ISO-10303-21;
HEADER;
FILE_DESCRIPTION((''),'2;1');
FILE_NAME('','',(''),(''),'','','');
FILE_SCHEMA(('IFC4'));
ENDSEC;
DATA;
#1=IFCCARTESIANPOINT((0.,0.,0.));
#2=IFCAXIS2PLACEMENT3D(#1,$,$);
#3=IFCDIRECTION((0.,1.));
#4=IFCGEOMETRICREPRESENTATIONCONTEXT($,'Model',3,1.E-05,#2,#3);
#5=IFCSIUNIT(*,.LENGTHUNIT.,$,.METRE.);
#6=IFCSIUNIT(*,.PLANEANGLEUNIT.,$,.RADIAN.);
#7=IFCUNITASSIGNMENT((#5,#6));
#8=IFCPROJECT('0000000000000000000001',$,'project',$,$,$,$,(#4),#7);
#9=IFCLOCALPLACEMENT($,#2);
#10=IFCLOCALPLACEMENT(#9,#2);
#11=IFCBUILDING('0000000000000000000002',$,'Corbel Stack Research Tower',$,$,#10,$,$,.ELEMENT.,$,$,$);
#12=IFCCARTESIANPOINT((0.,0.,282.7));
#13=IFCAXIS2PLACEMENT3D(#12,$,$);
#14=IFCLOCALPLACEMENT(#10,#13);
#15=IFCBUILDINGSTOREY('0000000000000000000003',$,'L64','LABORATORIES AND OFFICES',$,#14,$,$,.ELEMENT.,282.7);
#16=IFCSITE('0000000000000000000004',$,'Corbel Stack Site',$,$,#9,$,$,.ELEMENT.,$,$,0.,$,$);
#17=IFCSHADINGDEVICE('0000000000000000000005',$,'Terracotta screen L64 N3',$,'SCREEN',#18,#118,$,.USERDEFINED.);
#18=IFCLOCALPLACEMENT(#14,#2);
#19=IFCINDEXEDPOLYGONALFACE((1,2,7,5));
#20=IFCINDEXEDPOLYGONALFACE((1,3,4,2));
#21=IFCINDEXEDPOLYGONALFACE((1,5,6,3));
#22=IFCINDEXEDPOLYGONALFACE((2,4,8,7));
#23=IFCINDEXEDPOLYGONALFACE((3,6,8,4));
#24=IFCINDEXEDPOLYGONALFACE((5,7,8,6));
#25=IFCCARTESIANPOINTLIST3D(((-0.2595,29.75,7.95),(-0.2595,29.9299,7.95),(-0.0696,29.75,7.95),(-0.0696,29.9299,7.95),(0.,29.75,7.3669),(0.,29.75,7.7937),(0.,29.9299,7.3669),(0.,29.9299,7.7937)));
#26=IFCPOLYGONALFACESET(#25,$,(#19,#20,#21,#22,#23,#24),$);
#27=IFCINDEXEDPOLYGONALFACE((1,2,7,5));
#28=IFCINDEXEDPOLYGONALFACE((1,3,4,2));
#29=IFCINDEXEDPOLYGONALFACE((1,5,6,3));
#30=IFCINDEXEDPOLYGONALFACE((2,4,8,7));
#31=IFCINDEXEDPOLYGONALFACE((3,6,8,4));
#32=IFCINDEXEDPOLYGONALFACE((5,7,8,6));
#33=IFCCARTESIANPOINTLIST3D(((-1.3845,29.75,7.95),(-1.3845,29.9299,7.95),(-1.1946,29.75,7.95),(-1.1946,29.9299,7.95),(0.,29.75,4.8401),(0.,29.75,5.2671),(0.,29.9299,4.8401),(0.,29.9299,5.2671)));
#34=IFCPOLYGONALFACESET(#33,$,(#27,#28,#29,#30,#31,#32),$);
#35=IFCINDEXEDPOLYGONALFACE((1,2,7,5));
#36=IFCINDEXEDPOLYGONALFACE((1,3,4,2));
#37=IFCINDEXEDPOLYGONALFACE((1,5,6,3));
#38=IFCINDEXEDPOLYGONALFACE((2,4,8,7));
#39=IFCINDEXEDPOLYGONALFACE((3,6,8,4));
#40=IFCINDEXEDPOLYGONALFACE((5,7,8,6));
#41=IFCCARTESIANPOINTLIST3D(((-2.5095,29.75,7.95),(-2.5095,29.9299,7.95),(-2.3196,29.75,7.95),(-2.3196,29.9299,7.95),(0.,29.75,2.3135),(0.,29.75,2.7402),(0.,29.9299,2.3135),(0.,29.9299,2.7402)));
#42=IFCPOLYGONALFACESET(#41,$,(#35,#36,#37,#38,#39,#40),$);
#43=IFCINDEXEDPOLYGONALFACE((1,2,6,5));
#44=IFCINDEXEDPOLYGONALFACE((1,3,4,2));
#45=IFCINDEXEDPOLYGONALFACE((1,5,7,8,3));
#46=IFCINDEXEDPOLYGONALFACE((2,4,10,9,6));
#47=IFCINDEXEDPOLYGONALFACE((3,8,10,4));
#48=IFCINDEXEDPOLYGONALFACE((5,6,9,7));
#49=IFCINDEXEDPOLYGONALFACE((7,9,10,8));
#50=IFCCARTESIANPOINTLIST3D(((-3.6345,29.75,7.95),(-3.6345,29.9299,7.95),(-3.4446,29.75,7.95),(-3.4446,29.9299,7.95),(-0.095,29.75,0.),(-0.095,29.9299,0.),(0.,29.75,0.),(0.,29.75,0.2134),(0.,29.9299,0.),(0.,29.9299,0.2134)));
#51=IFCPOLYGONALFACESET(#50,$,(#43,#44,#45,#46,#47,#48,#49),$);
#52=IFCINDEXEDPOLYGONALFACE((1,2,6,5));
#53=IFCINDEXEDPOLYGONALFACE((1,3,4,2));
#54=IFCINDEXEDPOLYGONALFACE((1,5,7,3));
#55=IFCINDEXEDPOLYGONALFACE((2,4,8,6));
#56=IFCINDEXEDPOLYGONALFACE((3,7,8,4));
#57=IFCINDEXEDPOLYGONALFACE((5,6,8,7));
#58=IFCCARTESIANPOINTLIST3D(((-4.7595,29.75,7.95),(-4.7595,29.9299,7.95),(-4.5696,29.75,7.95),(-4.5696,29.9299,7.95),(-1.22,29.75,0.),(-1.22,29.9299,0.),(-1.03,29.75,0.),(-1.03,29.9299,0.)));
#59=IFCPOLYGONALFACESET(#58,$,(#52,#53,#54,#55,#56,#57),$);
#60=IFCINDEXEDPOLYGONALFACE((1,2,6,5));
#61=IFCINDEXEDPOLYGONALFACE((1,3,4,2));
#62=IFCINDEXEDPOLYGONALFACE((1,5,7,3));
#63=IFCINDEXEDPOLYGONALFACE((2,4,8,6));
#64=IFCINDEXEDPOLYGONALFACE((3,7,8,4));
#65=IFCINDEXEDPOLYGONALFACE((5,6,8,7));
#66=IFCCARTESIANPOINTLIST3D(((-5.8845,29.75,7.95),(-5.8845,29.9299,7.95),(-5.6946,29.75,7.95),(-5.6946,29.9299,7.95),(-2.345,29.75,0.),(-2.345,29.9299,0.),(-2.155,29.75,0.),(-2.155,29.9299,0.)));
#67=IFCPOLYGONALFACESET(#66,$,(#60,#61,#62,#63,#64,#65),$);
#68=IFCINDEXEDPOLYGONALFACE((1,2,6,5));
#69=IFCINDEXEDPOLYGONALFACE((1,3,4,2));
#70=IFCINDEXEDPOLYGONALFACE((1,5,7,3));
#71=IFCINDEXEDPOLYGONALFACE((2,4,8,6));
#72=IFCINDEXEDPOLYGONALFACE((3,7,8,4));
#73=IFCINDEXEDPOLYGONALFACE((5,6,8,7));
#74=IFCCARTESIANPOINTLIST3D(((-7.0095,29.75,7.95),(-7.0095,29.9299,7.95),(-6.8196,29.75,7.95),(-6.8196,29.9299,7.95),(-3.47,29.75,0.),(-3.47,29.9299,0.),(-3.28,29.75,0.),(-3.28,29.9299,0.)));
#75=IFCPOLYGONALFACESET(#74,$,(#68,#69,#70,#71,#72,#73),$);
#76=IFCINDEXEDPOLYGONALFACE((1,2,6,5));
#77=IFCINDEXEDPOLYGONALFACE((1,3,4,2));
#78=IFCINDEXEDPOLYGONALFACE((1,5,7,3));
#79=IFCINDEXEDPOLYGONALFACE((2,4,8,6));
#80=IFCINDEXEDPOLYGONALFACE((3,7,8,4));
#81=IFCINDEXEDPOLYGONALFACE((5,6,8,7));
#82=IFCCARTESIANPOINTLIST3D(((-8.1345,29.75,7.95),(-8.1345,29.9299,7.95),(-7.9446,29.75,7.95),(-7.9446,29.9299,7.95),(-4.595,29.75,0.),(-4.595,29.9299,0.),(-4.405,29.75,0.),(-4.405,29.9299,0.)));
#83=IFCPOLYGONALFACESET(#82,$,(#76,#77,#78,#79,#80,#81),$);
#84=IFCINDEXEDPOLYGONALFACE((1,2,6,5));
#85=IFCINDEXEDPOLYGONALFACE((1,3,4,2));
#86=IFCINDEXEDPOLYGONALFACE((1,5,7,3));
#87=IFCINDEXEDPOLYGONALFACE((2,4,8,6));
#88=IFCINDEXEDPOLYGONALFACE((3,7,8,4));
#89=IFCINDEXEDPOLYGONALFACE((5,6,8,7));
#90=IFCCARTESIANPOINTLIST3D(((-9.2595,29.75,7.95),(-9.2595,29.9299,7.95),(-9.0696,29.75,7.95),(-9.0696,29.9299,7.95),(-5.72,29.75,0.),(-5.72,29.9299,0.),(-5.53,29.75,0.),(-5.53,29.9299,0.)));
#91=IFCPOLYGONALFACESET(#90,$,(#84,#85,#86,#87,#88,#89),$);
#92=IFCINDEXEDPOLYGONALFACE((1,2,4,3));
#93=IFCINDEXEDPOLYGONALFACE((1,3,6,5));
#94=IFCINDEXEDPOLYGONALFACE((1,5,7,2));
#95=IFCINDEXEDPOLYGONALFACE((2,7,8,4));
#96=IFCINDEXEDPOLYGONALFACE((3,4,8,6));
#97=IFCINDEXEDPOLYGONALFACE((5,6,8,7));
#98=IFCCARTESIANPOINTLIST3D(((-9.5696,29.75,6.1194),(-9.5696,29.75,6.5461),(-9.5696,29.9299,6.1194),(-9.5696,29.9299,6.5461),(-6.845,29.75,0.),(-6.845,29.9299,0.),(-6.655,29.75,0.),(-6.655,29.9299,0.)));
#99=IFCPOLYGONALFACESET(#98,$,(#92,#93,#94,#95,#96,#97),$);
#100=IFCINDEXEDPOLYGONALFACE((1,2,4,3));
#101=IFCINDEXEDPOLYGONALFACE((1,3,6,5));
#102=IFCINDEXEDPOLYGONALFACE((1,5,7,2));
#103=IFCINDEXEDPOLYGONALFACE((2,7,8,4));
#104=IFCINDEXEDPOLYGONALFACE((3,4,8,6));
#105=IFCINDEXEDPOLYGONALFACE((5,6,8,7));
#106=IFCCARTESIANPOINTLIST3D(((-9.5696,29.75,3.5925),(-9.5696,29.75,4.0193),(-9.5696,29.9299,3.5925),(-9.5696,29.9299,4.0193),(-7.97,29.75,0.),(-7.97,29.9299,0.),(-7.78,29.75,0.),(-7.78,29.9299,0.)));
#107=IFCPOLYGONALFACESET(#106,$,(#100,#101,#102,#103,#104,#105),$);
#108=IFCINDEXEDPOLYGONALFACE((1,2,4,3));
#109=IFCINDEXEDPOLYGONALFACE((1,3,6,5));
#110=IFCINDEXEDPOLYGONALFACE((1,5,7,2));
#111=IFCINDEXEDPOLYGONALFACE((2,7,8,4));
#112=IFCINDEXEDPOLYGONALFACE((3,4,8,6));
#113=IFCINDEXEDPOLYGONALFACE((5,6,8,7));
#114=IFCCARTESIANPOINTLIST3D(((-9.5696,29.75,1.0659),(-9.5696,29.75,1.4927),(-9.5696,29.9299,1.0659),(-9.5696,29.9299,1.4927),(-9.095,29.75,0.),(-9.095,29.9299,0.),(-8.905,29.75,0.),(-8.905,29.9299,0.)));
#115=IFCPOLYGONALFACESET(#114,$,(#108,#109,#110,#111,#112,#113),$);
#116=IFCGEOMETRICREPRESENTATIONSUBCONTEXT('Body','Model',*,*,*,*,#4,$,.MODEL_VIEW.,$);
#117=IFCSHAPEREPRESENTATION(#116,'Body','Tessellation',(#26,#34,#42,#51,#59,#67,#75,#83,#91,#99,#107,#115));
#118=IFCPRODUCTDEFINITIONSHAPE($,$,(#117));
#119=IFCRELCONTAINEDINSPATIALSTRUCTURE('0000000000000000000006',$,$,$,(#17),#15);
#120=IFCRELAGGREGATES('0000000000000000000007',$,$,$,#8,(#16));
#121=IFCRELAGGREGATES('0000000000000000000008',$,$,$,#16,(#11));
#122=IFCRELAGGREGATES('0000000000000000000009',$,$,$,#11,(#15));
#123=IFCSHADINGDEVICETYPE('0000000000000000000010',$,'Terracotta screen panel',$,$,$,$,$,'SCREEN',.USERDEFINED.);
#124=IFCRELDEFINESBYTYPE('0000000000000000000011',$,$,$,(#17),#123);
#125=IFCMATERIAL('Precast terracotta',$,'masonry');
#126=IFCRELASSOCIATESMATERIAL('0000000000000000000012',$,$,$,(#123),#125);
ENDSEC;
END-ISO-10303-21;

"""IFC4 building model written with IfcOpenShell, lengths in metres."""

from ifc_helpers import new_model, si_unit, direction, frame, origin, place, context, subcontext, project, spatial, polyline, outline, extrude, source, transform, mapped, material, type_object, element, save


model = new_model("IFC4")

# Units and contexts
model_context = context("Model", 3, precision=1e-05, world=origin(), true_north=direction((0.0, 1.0)))
body_context = subcontext(model_context, "Body", "Model", "MODEL_VIEW")
ifc_project = project(units=[si_unit("LENGTHUNIT", "METRE"), si_unit("PLANEANGLEUNIT", "RADIAN")], contexts=[model_context])

# Site, building, storey
site_placement = place(None, origin())
site = spatial("IfcSite", under=ifc_project, at=site_placement, Name="Corbel Stack Site", CompositionType="ELEMENT", RefElevation=0.0)
building_placement = place(site_placement, origin())
building = spatial("IfcBuilding", under=site, at=building_placement, Name="Corbel Stack Research Tower", CompositionType="ELEMENT")
storey_placement = place(building_placement, frame((0.0, 0.0, 282.7)))
storey = spatial("IfcBuildingStorey", under=building, at=storey_placement, Name="L64", Description="LABORATORIES AND OFFICES", CompositionType="ELEMENT", Elevation=282.7)

# Shading device
ifc_material_1 = material(Name="Precast terracotta", Category="masonry")
shading_device_type = type_object("IfcShadingDeviceType", Name="Terracotta screen panel", ElementType="SCREEN", PredefinedType="USERDEFINED", material=ifc_material_1)
shared_shape_1 = source(origin(), body_context, "Body", "SweptSolid", [
    extrude(outline(polyline([(0.2595, 7.95), (0.0696, 7.95), (0.0, 7.7937), (0.0, 7.3669), (0.2595, 7.95)])), frame((0.0, 0.0, 0.0), z_axis=(0.0, -1.0, 0.0), x_axis=(1.0, 0.0, 0.0)), (0.0, 0.0, 1.0), 0.1799),
    extrude(outline(polyline([(1.3845, 7.95), (1.1946, 7.95), (0.0, 5.2671), (0.0, 4.8401), (1.3845, 7.95)])), frame((0.0, 0.0, 0.0), z_axis=(0.0, -1.0, 0.0), x_axis=(1.0, 0.0, 0.0)), (0.0, 0.0, 1.0), 0.1799),
    extrude(outline(polyline([(2.5095, 7.95), (2.3196, 7.95), (0.0, 2.7402), (0.0, 2.3135), (2.5095, 7.95)])), frame((0.0, 0.0, 0.0), z_axis=(0.0, -1.0, 0.0), x_axis=(1.0, 0.0, 0.0)), (0.0, 0.0, 1.0), 0.1799),
    extrude(outline(polyline([(0.095, 0.0), (3.6345, 7.95), (3.4446, 7.95), (0.0, 0.2134), (0.0, 0.0), (0.095, 0.0)])), frame((0.0, 0.0, 0.0), z_axis=(0.0, -1.0, 0.0), x_axis=(1.0, 0.0, 0.0)), (0.0, 0.0, 1.0), 0.1799),
    extrude(outline(polyline([(1.22, 0.0), (4.7595, 7.95), (4.5696, 7.95), (1.03, 0.0), (1.22, 0.0)])), frame((0.0, 0.0, 0.0), z_axis=(0.0, -1.0, 0.0), x_axis=(1.0, 0.0, 0.0)), (0.0, 0.0, 1.0), 0.1799),
    extrude(outline(polyline([(2.345, 0.0), (5.8845, 7.95), (5.6946, 7.95), (2.155, 0.0), (2.345, 0.0)])), frame((0.0, 0.0, 0.0), z_axis=(0.0, -1.0, 0.0), x_axis=(1.0, 0.0, 0.0)), (0.0, 0.0, 1.0), 0.1799),
    extrude(outline(polyline([(3.47, 0.0), (7.0095, 7.95), (6.8196, 7.95), (3.28, 0.0), (3.47, 0.0)])), frame((0.0, 0.0, 0.0), z_axis=(0.0, -1.0, 0.0), x_axis=(1.0, 0.0, 0.0)), (0.0, 0.0, 1.0), 0.1799),
    extrude(outline(polyline([(4.595, 0.0), (8.1345, 7.95), (7.9446, 7.95), (4.405, 0.0), (4.595, 0.0)])), frame((0.0, 0.0, 0.0), z_axis=(0.0, -1.0, 0.0), x_axis=(1.0, 0.0, 0.0)), (0.0, 0.0, 1.0), 0.1799),
    extrude(outline(polyline([(5.72, 0.0), (9.2595, 7.95), (9.0696, 7.95), (5.53, 0.0), (5.72, 0.0)])), frame((0.0, 0.0, 0.0), z_axis=(0.0, -1.0, 0.0), x_axis=(1.0, 0.0, 0.0)), (0.0, 0.0, 1.0), 0.1799),
    extrude(outline(polyline([(6.845, 0.0), (9.5696, 6.1194), (9.5696, 6.5461), (6.655, 0.0), (6.845, 0.0)])), frame((0.0, 0.0, 0.0), z_axis=(0.0, -1.0, 0.0), x_axis=(1.0, 0.0, 0.0)), (0.0, 0.0, 1.0), 0.1799),
    extrude(outline(polyline([(7.97, 0.0), (9.5696, 3.5925), (9.5696, 4.0193), (7.78, 0.0), (7.97, 0.0)])), frame((0.0, 0.0, 0.0), z_axis=(0.0, -1.0, 0.0), x_axis=(1.0, 0.0, 0.0)), (0.0, 0.0, 1.0), 0.1799),
    extrude(outline(polyline([(9.095, 0.0), (9.5696, 1.0659), (9.5696, 1.4927), (8.905, 0.0), (9.095, 0.0)])), frame((0.0, 0.0, 0.0), z_axis=(0.0, -1.0, 0.0), x_axis=(1.0, 0.0, 0.0)), (0.0, 0.0, 1.0), 0.1799),
])
shading_device_1_placement = place(storey_placement, frame((0.0, 29.75, 0.0), z_axis=(0.0, 0.0, 1.0), x_axis=(-1.0, 0.0, 0.0)))
element("IfcShadingDevice", 1, at=shading_device_1_placement, inside=storey, type_object=shading_device_type, Name="Terracotta screen L64 N3", ObjectType="SCREEN", PredefinedType="USERDEFINED", context=body_context, shape_type="MappedRepresentation", body=[
    mapped(shared_shape_1, transform((0.0, 0.0, 0.0))),
])

save(model, "model.ifc")
